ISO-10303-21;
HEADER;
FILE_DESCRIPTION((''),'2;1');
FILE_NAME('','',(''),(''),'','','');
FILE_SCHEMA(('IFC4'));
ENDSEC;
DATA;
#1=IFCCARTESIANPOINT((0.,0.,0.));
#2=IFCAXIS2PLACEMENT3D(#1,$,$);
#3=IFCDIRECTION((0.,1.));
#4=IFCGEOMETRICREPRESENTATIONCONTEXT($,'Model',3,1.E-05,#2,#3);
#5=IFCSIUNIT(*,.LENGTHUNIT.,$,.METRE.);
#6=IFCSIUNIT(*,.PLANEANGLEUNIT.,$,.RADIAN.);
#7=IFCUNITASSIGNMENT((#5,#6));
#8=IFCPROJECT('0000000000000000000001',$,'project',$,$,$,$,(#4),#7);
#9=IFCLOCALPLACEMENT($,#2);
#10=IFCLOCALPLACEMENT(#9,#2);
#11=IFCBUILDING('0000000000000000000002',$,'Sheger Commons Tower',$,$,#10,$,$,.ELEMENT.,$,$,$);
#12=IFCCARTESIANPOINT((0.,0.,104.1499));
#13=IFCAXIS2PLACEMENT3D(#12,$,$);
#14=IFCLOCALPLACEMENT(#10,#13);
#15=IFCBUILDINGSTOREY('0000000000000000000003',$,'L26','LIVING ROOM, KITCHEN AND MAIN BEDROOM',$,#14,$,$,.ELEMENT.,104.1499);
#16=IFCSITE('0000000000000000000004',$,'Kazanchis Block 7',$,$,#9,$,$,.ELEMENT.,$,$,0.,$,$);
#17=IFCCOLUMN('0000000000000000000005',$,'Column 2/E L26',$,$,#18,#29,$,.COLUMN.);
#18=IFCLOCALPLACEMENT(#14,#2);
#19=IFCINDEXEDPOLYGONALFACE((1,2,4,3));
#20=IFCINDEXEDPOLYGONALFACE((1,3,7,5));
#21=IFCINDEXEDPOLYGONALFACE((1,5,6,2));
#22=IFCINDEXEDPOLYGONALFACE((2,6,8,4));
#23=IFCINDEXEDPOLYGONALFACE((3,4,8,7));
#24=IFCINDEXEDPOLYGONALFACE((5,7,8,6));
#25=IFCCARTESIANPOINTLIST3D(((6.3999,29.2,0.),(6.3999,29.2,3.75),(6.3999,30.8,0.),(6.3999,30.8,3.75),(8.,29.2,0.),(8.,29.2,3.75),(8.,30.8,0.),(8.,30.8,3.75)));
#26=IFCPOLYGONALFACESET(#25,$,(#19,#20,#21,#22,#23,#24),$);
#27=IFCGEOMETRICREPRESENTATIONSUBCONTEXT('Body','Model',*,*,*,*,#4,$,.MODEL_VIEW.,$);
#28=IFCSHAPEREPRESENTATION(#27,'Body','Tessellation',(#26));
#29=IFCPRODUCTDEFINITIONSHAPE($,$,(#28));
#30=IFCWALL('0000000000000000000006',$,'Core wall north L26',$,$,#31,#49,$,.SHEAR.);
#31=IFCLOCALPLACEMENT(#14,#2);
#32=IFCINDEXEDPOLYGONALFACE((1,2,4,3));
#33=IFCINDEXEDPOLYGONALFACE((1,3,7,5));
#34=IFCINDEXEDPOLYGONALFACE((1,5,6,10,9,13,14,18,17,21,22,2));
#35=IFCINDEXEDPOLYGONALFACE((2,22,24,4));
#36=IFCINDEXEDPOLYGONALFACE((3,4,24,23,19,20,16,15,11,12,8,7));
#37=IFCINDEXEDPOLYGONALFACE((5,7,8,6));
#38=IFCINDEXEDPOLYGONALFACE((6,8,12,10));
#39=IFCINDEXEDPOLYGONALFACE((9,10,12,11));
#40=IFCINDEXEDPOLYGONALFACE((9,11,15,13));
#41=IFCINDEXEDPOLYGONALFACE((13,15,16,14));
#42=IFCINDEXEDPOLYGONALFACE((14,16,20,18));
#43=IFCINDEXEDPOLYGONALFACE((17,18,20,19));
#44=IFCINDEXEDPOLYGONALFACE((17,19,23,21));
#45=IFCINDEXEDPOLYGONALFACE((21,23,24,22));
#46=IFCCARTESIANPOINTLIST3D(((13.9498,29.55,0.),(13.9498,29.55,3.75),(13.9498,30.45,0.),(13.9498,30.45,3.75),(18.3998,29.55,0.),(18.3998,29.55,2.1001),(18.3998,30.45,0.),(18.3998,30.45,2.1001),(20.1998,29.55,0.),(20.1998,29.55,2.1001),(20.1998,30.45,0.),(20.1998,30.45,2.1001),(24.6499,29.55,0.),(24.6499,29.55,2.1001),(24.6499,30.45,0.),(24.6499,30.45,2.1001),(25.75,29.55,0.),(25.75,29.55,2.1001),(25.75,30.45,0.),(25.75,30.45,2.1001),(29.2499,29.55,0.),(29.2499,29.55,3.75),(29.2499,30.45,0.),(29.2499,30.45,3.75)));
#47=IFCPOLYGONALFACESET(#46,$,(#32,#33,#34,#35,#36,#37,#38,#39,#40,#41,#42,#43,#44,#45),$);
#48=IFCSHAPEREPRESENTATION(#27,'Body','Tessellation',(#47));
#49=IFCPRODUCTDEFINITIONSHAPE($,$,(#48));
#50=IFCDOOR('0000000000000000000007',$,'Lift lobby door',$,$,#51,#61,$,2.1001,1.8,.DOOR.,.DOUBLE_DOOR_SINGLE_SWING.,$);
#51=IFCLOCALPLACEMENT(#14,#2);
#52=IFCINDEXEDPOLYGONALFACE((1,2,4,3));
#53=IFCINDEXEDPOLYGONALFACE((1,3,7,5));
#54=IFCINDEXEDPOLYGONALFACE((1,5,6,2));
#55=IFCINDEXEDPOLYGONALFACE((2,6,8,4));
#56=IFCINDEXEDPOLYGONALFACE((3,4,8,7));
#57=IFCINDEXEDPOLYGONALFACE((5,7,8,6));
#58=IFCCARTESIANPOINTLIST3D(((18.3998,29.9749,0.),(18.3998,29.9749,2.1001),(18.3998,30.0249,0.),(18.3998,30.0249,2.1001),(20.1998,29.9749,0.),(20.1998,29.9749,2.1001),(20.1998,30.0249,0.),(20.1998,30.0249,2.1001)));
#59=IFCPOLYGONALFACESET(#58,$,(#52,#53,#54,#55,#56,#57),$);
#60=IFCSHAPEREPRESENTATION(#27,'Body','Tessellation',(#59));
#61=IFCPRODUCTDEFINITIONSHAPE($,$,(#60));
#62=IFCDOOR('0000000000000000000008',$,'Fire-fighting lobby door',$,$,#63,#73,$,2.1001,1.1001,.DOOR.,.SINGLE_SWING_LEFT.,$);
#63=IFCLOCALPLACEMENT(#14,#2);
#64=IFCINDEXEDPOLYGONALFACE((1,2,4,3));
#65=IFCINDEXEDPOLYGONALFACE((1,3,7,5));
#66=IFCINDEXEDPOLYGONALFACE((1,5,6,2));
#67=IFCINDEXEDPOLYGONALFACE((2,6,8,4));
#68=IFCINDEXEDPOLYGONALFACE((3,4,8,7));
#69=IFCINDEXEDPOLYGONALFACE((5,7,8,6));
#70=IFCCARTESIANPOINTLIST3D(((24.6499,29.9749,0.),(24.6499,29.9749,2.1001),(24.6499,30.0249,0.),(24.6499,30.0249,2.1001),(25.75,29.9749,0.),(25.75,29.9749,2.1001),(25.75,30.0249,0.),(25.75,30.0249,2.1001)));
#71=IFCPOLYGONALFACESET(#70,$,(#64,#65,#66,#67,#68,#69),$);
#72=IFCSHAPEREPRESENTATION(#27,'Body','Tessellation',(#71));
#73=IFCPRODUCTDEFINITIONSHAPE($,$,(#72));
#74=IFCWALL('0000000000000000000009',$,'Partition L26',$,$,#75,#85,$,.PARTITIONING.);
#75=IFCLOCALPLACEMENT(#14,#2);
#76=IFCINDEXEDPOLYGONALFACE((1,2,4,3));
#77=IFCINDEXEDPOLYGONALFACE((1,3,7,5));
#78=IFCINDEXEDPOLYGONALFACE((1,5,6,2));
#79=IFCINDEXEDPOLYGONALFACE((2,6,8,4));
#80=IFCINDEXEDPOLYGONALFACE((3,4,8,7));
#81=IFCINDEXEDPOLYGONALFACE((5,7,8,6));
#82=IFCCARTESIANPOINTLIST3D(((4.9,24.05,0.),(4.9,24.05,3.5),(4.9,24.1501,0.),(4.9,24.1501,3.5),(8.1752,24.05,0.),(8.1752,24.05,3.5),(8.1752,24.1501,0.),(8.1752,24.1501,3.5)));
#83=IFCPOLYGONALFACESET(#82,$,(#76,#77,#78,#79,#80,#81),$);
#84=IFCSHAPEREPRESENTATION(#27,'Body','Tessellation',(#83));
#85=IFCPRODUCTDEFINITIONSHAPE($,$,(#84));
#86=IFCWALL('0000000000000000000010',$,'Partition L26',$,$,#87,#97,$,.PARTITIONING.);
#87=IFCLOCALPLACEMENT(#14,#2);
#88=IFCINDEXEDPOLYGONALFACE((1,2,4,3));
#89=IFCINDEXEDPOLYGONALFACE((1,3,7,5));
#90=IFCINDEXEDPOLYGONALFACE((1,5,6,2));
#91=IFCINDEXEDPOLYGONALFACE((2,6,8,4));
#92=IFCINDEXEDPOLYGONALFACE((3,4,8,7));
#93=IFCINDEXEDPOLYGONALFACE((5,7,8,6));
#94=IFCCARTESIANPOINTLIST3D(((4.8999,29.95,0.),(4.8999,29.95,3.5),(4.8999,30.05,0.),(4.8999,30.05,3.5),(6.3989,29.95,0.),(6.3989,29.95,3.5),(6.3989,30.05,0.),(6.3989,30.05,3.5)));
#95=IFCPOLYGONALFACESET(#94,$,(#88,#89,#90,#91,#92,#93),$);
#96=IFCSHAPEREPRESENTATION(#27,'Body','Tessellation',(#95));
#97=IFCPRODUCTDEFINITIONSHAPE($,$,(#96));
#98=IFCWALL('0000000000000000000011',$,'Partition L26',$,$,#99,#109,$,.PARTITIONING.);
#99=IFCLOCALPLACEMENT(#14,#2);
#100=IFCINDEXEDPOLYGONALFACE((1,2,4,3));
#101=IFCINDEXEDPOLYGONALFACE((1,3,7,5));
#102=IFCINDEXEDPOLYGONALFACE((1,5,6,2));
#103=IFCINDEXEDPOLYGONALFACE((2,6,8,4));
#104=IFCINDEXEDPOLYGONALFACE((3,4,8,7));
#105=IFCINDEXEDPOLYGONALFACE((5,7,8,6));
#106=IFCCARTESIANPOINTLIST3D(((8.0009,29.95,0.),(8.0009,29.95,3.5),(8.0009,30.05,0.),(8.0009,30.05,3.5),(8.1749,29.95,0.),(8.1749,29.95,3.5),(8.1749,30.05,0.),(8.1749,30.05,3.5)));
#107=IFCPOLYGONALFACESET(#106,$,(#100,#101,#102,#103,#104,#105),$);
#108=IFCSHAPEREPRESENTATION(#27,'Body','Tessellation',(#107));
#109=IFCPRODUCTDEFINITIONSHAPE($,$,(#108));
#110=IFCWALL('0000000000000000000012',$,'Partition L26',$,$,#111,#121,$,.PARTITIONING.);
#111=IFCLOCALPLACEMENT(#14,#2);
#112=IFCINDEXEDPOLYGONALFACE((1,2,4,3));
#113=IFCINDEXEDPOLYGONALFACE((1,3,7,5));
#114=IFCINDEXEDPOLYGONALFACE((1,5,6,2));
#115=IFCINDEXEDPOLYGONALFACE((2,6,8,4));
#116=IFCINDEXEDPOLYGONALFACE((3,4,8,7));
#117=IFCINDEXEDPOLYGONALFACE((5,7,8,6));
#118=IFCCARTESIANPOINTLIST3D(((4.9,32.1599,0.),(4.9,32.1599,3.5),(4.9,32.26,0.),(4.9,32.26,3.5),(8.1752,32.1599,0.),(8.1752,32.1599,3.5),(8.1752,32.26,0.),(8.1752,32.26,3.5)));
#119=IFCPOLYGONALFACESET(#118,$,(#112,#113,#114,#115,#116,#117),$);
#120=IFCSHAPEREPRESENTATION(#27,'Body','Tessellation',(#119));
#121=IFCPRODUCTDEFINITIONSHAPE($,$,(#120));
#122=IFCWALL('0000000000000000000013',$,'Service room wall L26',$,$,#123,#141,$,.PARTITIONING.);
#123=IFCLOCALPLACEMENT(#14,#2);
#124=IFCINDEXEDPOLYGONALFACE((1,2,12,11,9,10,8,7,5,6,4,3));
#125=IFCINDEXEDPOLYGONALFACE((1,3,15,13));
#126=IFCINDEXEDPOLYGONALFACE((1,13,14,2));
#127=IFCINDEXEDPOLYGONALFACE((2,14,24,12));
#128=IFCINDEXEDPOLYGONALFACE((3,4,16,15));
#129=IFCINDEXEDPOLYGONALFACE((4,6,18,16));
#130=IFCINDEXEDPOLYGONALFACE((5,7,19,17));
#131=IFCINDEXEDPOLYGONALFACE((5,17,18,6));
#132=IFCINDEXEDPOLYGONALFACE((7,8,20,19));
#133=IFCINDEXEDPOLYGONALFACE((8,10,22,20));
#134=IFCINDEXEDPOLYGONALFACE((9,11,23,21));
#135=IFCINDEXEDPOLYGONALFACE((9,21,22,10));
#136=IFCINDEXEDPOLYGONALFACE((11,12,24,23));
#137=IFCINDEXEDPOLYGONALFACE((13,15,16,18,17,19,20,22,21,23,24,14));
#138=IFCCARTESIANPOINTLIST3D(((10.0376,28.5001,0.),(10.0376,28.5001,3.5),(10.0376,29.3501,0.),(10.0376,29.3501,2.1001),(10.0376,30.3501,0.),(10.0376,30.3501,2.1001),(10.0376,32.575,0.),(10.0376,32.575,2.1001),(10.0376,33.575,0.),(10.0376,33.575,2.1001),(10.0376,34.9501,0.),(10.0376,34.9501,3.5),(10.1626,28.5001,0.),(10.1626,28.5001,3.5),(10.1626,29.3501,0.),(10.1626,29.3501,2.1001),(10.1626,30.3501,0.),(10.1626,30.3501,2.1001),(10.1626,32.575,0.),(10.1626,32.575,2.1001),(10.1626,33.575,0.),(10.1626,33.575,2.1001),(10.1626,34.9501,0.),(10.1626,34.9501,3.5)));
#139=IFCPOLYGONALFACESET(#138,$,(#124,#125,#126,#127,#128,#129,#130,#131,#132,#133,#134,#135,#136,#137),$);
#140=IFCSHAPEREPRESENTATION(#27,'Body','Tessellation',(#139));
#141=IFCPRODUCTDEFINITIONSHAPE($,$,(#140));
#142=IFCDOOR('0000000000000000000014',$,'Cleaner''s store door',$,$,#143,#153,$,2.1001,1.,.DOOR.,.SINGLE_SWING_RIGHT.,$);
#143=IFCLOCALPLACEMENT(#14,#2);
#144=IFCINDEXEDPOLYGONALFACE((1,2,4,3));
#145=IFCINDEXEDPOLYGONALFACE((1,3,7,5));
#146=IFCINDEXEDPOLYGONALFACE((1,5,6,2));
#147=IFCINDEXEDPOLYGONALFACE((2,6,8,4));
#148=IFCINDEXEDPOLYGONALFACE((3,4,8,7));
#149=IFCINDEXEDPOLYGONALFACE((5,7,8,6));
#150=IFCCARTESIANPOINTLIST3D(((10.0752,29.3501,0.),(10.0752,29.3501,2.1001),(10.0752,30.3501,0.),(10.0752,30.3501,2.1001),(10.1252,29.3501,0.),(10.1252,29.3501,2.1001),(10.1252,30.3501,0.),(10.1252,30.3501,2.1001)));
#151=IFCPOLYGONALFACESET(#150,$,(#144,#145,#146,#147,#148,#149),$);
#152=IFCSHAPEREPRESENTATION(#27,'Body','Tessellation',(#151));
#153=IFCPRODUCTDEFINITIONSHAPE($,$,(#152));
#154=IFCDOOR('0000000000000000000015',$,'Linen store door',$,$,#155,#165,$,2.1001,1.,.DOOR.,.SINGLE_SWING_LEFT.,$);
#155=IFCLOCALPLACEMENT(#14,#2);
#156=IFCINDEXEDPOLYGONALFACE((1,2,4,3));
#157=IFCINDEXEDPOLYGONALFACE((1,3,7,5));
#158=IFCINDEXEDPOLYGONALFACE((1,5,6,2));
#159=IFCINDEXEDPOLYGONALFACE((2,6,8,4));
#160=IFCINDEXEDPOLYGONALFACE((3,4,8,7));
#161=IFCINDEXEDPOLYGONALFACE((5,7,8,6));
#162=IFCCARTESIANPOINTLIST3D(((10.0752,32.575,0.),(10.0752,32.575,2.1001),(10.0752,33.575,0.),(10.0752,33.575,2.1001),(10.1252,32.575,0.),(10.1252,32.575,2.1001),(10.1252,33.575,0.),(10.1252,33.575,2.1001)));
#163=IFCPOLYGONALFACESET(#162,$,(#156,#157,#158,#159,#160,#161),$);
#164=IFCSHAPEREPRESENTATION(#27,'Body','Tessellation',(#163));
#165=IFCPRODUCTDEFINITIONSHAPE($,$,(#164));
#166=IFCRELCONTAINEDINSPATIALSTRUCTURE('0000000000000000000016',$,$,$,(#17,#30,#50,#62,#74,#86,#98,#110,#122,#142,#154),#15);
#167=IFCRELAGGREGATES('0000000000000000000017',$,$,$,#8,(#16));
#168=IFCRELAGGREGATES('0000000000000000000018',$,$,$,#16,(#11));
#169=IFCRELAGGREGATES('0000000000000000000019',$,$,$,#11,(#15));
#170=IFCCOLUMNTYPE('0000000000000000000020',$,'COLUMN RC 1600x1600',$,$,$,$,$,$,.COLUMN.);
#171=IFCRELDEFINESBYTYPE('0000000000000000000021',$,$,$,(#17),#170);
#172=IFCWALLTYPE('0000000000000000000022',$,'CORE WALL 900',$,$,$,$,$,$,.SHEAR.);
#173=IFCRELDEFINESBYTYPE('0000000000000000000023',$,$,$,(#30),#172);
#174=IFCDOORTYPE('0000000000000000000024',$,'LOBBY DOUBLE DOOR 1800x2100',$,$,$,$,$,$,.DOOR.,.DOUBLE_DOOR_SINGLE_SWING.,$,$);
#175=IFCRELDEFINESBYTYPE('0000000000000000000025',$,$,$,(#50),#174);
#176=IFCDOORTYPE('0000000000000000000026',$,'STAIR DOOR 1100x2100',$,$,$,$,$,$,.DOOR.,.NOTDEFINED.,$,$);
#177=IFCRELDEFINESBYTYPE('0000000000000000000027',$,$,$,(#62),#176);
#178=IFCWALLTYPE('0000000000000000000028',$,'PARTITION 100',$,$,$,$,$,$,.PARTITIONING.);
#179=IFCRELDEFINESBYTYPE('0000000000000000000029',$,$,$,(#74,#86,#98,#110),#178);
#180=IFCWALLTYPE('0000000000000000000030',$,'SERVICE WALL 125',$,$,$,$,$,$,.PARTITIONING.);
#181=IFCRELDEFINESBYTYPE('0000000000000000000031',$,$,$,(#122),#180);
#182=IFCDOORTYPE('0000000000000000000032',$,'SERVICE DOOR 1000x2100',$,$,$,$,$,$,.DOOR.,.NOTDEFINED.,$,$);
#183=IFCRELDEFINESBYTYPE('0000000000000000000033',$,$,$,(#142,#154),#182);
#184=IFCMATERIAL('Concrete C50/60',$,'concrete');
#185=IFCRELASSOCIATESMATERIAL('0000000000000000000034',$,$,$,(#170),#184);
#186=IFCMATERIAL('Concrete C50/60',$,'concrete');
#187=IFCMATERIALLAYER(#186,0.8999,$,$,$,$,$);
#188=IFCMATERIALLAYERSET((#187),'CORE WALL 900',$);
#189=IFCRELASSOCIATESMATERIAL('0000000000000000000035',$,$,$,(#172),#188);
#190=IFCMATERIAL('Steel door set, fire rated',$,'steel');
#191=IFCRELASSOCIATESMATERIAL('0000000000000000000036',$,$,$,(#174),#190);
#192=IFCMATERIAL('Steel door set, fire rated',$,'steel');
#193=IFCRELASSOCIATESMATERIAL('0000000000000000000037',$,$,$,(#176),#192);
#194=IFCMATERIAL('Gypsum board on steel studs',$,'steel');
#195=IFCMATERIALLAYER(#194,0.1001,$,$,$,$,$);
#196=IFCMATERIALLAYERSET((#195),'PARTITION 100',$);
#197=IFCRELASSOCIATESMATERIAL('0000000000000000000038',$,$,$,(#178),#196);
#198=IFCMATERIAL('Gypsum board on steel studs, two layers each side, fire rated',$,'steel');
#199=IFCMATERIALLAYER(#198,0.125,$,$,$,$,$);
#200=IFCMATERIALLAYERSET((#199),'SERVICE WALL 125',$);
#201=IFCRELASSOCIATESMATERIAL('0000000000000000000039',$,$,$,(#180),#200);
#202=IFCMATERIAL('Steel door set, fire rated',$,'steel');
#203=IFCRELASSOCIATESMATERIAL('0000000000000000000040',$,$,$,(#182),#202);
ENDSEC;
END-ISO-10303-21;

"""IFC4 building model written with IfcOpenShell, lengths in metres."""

from ifc_helpers import new_model, si_unit, direction, frame, frame_2d, origin, origin_2d, place, context, subcontext, project, spatial, rectangle, extrude, material, layer, layer_set, material_profile, profile_set, type_object, element, fill, save


model = new_model("IFC4")

# Units and contexts
model_context = context("Model", 3, precision=1e-05, world=origin(), true_north=direction((0.0, 1.0)))
body_context = subcontext(model_context, "Body", "Model", "MODEL_VIEW")
ifc_project = project(units=[si_unit("LENGTHUNIT", "METRE"), si_unit("PLANEANGLEUNIT", "RADIAN")], contexts=[model_context])

# Site, building, storey
site_placement = place(None, origin())
site = spatial("IfcSite", under=ifc_project, at=site_placement, Name="Kazanchis Block 7", CompositionType="ELEMENT", RefElevation=0.0)
building_placement = place(site_placement, origin())
building = spatial("IfcBuilding", under=site, at=building_placement, Name="Sheger Commons Tower", CompositionType="ELEMENT")
storey_placement = place(building_placement, frame((0.0, 0.0, 104.1499)))
storey = spatial("IfcBuildingStorey", under=building, at=storey_placement, Name="L26", Description="LIVING ROOM, KITCHEN AND MAIN BEDROOM", CompositionType="ELEMENT", Elevation=104.1499)

# Column
ifc_material_1 = material(Name="Concrete C50/60", Category="concrete")
ifc_material_profile = material_profile(ifc_material_1, rectangle(XDim=1.6001, YDim=1.6001, at=origin_2d()), Name="RC 1600x1600")
ifc_profile_set = profile_set([ifc_material_profile], Name="Concrete C50/60")
column_type = type_object("IfcColumnType", Name="COLUMN RC 1600x1600", PredefinedType="COLUMN", material=ifc_profile_set)
column_placement = place(storey_placement, frame((7.2, 30.0, 0.0), z_axis=(0.0, 0.0, 1.0), x_axis=(1.0, 0.0, 0.0)))
element("IfcColumn", 1, at=column_placement, inside=storey, type_object=column_type, Name="Column 2/E L26", PredefinedType="COLUMN", context=body_context, shape_type="SweptSolid", body=[
    extrude(rectangle(XDim=1.6001, YDim=1.6001, at=origin_2d()), origin(), (0.0, 0.0, 1.0), 3.75),
])

# Wall, openings, doors
ifc_material_2 = material(Name="Concrete C50/60", Category="concrete")
ifc_layer_1 = layer(ifc_material_2, 0.8999)
ifc_layer_set_1 = layer_set([ifc_layer_1], Name="CORE WALL 900")
wall_type_1 = type_object("IfcWallType", Name="CORE WALL 900", PredefinedType="SHEAR", material=ifc_layer_set_1)
wall_1_placement = place(storey_placement, frame((13.95, 30.0, 0.0), z_axis=(0.0, 0.0, 1.0), x_axis=(1.0, 0.0, 0.0)))
wall_1 = element("IfcWall", 2, at=wall_1_placement, inside=storey, type_object=wall_type_1, Name="Core wall north L26", PredefinedType="SHEAR", context=body_context, shape_type="SweptSolid", body=[
    extrude(rectangle(XDim=15.3, YDim=0.8999, at=frame_2d((7.6499, 0.0))), origin(), (0.0, 0.0, 1.0), 3.75),
])
opening_1_placement = place(wall_1_placement, frame((4.45, 0.0, 0.0)))
opening_1 = element("IfcOpeningElement", 3, at=opening_1_placement, cuts=wall_1, PredefinedType="OPENING", context=body_context, shape_type="SweptSolid", body=[
    extrude(rectangle(XDim=1.8, YDim=2.1001, at=frame_2d((0.8999, 1.05))), frame((0.0, 0.46, 0.0), z_axis=(0.0, -1.0, 0.0), x_axis=(1.0, 0.0, 0.0)), (0.0, 0.0, 1.0), 0.9199),
])
opening_2_placement = place(wall_1_placement, frame((10.7, 0.0, 0.0)))
opening_2 = element("IfcOpeningElement", 4, at=opening_2_placement, cuts=wall_1, PredefinedType="OPENING", context=body_context, shape_type="SweptSolid", body=[
    extrude(rectangle(XDim=1.1001, YDim=2.1001, at=frame_2d((0.55, 1.05))), frame((0.0, 0.46, 0.0), z_axis=(0.0, -1.0, 0.0), x_axis=(1.0, 0.0, 0.0)), (0.0, 0.0, 1.0), 0.9199),
])
ifc_material_3 = material(Name="Steel door set, fire rated", Category="steel")
door_type_1 = type_object("IfcDoorType", Name="LOBBY DOUBLE DOOR 1800x2100", OperationType="DOUBLE_DOOR_SINGLE_SWING", PredefinedType="DOOR", material=ifc_material_3)
door_1_placement = place(opening_1_placement, origin())
door_1 = element("IfcDoor", 5, at=door_1_placement, inside=storey, type_object=door_type_1, Name="Lift lobby door", OperationType="DOUBLE_DOOR_SINGLE_SWING", OverallHeight=2.1001, OverallWidth=1.8, PredefinedType="DOOR", context=body_context, shape_type="SweptSolid", body=[
    extrude(rectangle(XDim=1.8, YDim=2.1001, at=frame_2d((0.8999, 1.05))), frame((0.0, 0.0249, 0.0), z_axis=(0.0, -1.0, 0.0), x_axis=(1.0, 0.0, 0.0)), (0.0, 0.0, 1.0), 0.05),
])
fill(opening_1, door_1)
ifc_material_4 = material(Name="Steel door set, fire rated", Category="steel")
door_type_2 = type_object("IfcDoorType", Name="STAIR DOOR 1100x2100", OperationType="NOTDEFINED", PredefinedType="DOOR", material=ifc_material_4)
door_2_placement = place(opening_2_placement, origin())
door_2 = element("IfcDoor", 6, at=door_2_placement, inside=storey, type_object=door_type_2, Name="Fire-fighting lobby door", OperationType="SINGLE_SWING_LEFT", OverallHeight=2.1001, OverallWidth=1.1001, PredefinedType="DOOR", context=body_context, shape_type="SweptSolid", body=[
    extrude(rectangle(XDim=1.1001, YDim=2.1001, at=frame_2d((0.55, 1.05))), frame((0.0, 0.0249, 0.0), z_axis=(0.0, -1.0, 0.0), x_axis=(1.0, 0.0, 0.0)), (0.0, 0.0, 1.0), 0.05),
])
fill(opening_2, door_2)

# Walls
ifc_material_5 = material(Name="Gypsum board on steel studs", Category="steel")
ifc_layer_2 = layer(ifc_material_5, 0.1001)
ifc_layer_set_2 = layer_set([ifc_layer_2], Name="PARTITION 100")
wall_type_2 = type_object("IfcWallType", Name="PARTITION 100", PredefinedType="PARTITIONING", material=ifc_layer_set_2)
wall_2_placement = place(storey_placement, frame((4.8999, 24.1001, 0.0), z_axis=(0.0, 0.0, 1.0), x_axis=(1.0, 0.0, 0.0)))
element("IfcWall", 7, at=wall_2_placement, inside=storey, type_object=wall_type_2, Name="Partition L26", PredefinedType="PARTITIONING", context=body_context, shape_type="SweptSolid", body=[
    extrude(rectangle(XDim=3.2751, YDim=0.1001, at=frame_2d((1.6377, 0.0))), origin(), (0.0, 0.0, 1.0), 3.5),
])
wall_3_placement = place(storey_placement, frame((4.8999, 30.0, 0.0), z_axis=(0.0, 0.0, 1.0), x_axis=(1.0, 0.0, 0.0)))
element("IfcWall", 8, at=wall_3_placement, inside=storey, type_object=wall_type_2, Name="Partition L26", PredefinedType="PARTITIONING", context=body_context, shape_type="SweptSolid", body=[
    extrude(rectangle(XDim=1.499, YDim=0.1001, at=frame_2d((0.7495, 0.0))), origin(), (0.0, 0.0, 1.0), 3.5),
])
wall_4_placement = place(storey_placement, frame((8.001, 30.0, 0.0), z_axis=(0.0, 0.0, 1.0), x_axis=(1.0, 0.0, 0.0)))
element("IfcWall", 9, at=wall_4_placement, inside=storey, type_object=wall_type_2, Name="Partition L26", PredefinedType="PARTITIONING", context=body_context, shape_type="SweptSolid", body=[
    extrude(rectangle(XDim=0.1741, YDim=0.1001, at=frame_2d((0.0869, 0.0))), origin(), (0.0, 0.0, 1.0), 3.5),
])
wall_5_placement = place(storey_placement, frame((4.8999, 32.21, 0.0), z_axis=(0.0, 0.0, 1.0), x_axis=(1.0, 0.0, 0.0)))
element("IfcWall", 10, at=wall_5_placement, inside=storey, type_object=wall_type_2, Name="Partition L26", PredefinedType="PARTITIONING", context=body_context, shape_type="SweptSolid", body=[
    extrude(rectangle(XDim=3.2751, YDim=0.1001, at=frame_2d((1.6377, 0.0))), origin(), (0.0, 0.0, 1.0), 3.5),
])

# Wall, openings, doors
ifc_material_6 = material(Name="Gypsum board on steel studs, two layers each side, fire rated", Category="steel")
ifc_layer_3 = layer(ifc_material_6, 0.125)
ifc_layer_set_3 = layer_set([ifc_layer_3], Name="SERVICE WALL 125")
wall_type_3 = type_object("IfcWallType", Name="SERVICE WALL 125", PredefinedType="PARTITIONING", material=ifc_layer_set_3)
wall_6_placement = place(storey_placement, frame((10.1001, 28.5, 0.0), z_axis=(0.0, 0.0, 1.0), x_axis=(0.0, 1.0, 0.0)))
wall_6 = element("IfcWall", 11, at=wall_6_placement, inside=storey, type_object=wall_type_3, Name="Service room wall L26", PredefinedType="PARTITIONING", context=body_context, shape_type="SweptSolid", body=[
    extrude(rectangle(XDim=6.45, YDim=0.125, at=frame_2d((3.2251, 0.0))), origin(), (0.0, 0.0, 1.0), 3.5),
])
opening_3_placement = place(wall_6_placement, frame((0.8501, 0.0, 0.0)))
opening_3 = element("IfcOpeningElement", 12, at=opening_3_placement, cuts=wall_6, PredefinedType="OPENING", context=body_context, shape_type="SweptSolid", body=[
    extrude(rectangle(XDim=1.0, YDim=2.1001, at=frame_2d((0.5, 1.05))), frame((0.0, 0.0725, 0.0), z_axis=(0.0, -1.0, 0.0), x_axis=(1.0, 0.0, 0.0)), (0.0, 0.0, 1.0), 0.145),
])
opening_4_placement = place(wall_6_placement, frame((4.075, 0.0, 0.0)))
opening_4 = element("IfcOpeningElement", 13, at=opening_4_placement, cuts=wall_6, PredefinedType="OPENING", context=body_context, shape_type="SweptSolid", body=[
    extrude(rectangle(XDim=1.0, YDim=2.1001, at=frame_2d((0.5, 1.05))), frame((0.0, 0.0725, 0.0), z_axis=(0.0, -1.0, 0.0), x_axis=(1.0, 0.0, 0.0)), (0.0, 0.0, 1.0), 0.145),
])
ifc_material_7 = material(Name="Steel door set, fire rated", Category="steel")
door_type_3 = type_object("IfcDoorType", Name="SERVICE DOOR 1000x2100", OperationType="NOTDEFINED", PredefinedType="DOOR", material=ifc_material_7)
door_3_placement = place(opening_3_placement, origin())
door_3 = element("IfcDoor", 14, at=door_3_placement, inside=storey, type_object=door_type_3, Name="Cleaner's store door", OperationType="SINGLE_SWING_RIGHT", OverallHeight=2.1001, OverallWidth=1.0, PredefinedType="DOOR", context=body_context, shape_type="SweptSolid", body=[
    extrude(rectangle(XDim=1.0, YDim=2.1001, at=frame_2d((0.5, 1.05))), frame((0.0, 0.0249, 0.0), z_axis=(0.0, -1.0, 0.0), x_axis=(1.0, 0.0, 0.0)), (0.0, 0.0, 1.0), 0.05),
])
fill(opening_3, door_3)
door_4_placement = place(opening_4_placement, origin())
door_4 = element("IfcDoor", 15, at=door_4_placement, inside=storey, type_object=door_type_3, Name="Linen store door", OperationType="SINGLE_SWING_LEFT", OverallHeight=2.1001, OverallWidth=1.0, PredefinedType="DOOR", context=body_context, shape_type="SweptSolid", body=[
    extrude(rectangle(XDim=1.0, YDim=2.1001, at=frame_2d((0.5, 1.05))), frame((0.0, 0.0249, 0.0), z_axis=(0.0, -1.0, 0.0), x_axis=(1.0, 0.0, 0.0)), (0.0, 0.0, 1.0), 0.05),
])
fill(opening_4, door_4)

save(model, "model.ifc")
